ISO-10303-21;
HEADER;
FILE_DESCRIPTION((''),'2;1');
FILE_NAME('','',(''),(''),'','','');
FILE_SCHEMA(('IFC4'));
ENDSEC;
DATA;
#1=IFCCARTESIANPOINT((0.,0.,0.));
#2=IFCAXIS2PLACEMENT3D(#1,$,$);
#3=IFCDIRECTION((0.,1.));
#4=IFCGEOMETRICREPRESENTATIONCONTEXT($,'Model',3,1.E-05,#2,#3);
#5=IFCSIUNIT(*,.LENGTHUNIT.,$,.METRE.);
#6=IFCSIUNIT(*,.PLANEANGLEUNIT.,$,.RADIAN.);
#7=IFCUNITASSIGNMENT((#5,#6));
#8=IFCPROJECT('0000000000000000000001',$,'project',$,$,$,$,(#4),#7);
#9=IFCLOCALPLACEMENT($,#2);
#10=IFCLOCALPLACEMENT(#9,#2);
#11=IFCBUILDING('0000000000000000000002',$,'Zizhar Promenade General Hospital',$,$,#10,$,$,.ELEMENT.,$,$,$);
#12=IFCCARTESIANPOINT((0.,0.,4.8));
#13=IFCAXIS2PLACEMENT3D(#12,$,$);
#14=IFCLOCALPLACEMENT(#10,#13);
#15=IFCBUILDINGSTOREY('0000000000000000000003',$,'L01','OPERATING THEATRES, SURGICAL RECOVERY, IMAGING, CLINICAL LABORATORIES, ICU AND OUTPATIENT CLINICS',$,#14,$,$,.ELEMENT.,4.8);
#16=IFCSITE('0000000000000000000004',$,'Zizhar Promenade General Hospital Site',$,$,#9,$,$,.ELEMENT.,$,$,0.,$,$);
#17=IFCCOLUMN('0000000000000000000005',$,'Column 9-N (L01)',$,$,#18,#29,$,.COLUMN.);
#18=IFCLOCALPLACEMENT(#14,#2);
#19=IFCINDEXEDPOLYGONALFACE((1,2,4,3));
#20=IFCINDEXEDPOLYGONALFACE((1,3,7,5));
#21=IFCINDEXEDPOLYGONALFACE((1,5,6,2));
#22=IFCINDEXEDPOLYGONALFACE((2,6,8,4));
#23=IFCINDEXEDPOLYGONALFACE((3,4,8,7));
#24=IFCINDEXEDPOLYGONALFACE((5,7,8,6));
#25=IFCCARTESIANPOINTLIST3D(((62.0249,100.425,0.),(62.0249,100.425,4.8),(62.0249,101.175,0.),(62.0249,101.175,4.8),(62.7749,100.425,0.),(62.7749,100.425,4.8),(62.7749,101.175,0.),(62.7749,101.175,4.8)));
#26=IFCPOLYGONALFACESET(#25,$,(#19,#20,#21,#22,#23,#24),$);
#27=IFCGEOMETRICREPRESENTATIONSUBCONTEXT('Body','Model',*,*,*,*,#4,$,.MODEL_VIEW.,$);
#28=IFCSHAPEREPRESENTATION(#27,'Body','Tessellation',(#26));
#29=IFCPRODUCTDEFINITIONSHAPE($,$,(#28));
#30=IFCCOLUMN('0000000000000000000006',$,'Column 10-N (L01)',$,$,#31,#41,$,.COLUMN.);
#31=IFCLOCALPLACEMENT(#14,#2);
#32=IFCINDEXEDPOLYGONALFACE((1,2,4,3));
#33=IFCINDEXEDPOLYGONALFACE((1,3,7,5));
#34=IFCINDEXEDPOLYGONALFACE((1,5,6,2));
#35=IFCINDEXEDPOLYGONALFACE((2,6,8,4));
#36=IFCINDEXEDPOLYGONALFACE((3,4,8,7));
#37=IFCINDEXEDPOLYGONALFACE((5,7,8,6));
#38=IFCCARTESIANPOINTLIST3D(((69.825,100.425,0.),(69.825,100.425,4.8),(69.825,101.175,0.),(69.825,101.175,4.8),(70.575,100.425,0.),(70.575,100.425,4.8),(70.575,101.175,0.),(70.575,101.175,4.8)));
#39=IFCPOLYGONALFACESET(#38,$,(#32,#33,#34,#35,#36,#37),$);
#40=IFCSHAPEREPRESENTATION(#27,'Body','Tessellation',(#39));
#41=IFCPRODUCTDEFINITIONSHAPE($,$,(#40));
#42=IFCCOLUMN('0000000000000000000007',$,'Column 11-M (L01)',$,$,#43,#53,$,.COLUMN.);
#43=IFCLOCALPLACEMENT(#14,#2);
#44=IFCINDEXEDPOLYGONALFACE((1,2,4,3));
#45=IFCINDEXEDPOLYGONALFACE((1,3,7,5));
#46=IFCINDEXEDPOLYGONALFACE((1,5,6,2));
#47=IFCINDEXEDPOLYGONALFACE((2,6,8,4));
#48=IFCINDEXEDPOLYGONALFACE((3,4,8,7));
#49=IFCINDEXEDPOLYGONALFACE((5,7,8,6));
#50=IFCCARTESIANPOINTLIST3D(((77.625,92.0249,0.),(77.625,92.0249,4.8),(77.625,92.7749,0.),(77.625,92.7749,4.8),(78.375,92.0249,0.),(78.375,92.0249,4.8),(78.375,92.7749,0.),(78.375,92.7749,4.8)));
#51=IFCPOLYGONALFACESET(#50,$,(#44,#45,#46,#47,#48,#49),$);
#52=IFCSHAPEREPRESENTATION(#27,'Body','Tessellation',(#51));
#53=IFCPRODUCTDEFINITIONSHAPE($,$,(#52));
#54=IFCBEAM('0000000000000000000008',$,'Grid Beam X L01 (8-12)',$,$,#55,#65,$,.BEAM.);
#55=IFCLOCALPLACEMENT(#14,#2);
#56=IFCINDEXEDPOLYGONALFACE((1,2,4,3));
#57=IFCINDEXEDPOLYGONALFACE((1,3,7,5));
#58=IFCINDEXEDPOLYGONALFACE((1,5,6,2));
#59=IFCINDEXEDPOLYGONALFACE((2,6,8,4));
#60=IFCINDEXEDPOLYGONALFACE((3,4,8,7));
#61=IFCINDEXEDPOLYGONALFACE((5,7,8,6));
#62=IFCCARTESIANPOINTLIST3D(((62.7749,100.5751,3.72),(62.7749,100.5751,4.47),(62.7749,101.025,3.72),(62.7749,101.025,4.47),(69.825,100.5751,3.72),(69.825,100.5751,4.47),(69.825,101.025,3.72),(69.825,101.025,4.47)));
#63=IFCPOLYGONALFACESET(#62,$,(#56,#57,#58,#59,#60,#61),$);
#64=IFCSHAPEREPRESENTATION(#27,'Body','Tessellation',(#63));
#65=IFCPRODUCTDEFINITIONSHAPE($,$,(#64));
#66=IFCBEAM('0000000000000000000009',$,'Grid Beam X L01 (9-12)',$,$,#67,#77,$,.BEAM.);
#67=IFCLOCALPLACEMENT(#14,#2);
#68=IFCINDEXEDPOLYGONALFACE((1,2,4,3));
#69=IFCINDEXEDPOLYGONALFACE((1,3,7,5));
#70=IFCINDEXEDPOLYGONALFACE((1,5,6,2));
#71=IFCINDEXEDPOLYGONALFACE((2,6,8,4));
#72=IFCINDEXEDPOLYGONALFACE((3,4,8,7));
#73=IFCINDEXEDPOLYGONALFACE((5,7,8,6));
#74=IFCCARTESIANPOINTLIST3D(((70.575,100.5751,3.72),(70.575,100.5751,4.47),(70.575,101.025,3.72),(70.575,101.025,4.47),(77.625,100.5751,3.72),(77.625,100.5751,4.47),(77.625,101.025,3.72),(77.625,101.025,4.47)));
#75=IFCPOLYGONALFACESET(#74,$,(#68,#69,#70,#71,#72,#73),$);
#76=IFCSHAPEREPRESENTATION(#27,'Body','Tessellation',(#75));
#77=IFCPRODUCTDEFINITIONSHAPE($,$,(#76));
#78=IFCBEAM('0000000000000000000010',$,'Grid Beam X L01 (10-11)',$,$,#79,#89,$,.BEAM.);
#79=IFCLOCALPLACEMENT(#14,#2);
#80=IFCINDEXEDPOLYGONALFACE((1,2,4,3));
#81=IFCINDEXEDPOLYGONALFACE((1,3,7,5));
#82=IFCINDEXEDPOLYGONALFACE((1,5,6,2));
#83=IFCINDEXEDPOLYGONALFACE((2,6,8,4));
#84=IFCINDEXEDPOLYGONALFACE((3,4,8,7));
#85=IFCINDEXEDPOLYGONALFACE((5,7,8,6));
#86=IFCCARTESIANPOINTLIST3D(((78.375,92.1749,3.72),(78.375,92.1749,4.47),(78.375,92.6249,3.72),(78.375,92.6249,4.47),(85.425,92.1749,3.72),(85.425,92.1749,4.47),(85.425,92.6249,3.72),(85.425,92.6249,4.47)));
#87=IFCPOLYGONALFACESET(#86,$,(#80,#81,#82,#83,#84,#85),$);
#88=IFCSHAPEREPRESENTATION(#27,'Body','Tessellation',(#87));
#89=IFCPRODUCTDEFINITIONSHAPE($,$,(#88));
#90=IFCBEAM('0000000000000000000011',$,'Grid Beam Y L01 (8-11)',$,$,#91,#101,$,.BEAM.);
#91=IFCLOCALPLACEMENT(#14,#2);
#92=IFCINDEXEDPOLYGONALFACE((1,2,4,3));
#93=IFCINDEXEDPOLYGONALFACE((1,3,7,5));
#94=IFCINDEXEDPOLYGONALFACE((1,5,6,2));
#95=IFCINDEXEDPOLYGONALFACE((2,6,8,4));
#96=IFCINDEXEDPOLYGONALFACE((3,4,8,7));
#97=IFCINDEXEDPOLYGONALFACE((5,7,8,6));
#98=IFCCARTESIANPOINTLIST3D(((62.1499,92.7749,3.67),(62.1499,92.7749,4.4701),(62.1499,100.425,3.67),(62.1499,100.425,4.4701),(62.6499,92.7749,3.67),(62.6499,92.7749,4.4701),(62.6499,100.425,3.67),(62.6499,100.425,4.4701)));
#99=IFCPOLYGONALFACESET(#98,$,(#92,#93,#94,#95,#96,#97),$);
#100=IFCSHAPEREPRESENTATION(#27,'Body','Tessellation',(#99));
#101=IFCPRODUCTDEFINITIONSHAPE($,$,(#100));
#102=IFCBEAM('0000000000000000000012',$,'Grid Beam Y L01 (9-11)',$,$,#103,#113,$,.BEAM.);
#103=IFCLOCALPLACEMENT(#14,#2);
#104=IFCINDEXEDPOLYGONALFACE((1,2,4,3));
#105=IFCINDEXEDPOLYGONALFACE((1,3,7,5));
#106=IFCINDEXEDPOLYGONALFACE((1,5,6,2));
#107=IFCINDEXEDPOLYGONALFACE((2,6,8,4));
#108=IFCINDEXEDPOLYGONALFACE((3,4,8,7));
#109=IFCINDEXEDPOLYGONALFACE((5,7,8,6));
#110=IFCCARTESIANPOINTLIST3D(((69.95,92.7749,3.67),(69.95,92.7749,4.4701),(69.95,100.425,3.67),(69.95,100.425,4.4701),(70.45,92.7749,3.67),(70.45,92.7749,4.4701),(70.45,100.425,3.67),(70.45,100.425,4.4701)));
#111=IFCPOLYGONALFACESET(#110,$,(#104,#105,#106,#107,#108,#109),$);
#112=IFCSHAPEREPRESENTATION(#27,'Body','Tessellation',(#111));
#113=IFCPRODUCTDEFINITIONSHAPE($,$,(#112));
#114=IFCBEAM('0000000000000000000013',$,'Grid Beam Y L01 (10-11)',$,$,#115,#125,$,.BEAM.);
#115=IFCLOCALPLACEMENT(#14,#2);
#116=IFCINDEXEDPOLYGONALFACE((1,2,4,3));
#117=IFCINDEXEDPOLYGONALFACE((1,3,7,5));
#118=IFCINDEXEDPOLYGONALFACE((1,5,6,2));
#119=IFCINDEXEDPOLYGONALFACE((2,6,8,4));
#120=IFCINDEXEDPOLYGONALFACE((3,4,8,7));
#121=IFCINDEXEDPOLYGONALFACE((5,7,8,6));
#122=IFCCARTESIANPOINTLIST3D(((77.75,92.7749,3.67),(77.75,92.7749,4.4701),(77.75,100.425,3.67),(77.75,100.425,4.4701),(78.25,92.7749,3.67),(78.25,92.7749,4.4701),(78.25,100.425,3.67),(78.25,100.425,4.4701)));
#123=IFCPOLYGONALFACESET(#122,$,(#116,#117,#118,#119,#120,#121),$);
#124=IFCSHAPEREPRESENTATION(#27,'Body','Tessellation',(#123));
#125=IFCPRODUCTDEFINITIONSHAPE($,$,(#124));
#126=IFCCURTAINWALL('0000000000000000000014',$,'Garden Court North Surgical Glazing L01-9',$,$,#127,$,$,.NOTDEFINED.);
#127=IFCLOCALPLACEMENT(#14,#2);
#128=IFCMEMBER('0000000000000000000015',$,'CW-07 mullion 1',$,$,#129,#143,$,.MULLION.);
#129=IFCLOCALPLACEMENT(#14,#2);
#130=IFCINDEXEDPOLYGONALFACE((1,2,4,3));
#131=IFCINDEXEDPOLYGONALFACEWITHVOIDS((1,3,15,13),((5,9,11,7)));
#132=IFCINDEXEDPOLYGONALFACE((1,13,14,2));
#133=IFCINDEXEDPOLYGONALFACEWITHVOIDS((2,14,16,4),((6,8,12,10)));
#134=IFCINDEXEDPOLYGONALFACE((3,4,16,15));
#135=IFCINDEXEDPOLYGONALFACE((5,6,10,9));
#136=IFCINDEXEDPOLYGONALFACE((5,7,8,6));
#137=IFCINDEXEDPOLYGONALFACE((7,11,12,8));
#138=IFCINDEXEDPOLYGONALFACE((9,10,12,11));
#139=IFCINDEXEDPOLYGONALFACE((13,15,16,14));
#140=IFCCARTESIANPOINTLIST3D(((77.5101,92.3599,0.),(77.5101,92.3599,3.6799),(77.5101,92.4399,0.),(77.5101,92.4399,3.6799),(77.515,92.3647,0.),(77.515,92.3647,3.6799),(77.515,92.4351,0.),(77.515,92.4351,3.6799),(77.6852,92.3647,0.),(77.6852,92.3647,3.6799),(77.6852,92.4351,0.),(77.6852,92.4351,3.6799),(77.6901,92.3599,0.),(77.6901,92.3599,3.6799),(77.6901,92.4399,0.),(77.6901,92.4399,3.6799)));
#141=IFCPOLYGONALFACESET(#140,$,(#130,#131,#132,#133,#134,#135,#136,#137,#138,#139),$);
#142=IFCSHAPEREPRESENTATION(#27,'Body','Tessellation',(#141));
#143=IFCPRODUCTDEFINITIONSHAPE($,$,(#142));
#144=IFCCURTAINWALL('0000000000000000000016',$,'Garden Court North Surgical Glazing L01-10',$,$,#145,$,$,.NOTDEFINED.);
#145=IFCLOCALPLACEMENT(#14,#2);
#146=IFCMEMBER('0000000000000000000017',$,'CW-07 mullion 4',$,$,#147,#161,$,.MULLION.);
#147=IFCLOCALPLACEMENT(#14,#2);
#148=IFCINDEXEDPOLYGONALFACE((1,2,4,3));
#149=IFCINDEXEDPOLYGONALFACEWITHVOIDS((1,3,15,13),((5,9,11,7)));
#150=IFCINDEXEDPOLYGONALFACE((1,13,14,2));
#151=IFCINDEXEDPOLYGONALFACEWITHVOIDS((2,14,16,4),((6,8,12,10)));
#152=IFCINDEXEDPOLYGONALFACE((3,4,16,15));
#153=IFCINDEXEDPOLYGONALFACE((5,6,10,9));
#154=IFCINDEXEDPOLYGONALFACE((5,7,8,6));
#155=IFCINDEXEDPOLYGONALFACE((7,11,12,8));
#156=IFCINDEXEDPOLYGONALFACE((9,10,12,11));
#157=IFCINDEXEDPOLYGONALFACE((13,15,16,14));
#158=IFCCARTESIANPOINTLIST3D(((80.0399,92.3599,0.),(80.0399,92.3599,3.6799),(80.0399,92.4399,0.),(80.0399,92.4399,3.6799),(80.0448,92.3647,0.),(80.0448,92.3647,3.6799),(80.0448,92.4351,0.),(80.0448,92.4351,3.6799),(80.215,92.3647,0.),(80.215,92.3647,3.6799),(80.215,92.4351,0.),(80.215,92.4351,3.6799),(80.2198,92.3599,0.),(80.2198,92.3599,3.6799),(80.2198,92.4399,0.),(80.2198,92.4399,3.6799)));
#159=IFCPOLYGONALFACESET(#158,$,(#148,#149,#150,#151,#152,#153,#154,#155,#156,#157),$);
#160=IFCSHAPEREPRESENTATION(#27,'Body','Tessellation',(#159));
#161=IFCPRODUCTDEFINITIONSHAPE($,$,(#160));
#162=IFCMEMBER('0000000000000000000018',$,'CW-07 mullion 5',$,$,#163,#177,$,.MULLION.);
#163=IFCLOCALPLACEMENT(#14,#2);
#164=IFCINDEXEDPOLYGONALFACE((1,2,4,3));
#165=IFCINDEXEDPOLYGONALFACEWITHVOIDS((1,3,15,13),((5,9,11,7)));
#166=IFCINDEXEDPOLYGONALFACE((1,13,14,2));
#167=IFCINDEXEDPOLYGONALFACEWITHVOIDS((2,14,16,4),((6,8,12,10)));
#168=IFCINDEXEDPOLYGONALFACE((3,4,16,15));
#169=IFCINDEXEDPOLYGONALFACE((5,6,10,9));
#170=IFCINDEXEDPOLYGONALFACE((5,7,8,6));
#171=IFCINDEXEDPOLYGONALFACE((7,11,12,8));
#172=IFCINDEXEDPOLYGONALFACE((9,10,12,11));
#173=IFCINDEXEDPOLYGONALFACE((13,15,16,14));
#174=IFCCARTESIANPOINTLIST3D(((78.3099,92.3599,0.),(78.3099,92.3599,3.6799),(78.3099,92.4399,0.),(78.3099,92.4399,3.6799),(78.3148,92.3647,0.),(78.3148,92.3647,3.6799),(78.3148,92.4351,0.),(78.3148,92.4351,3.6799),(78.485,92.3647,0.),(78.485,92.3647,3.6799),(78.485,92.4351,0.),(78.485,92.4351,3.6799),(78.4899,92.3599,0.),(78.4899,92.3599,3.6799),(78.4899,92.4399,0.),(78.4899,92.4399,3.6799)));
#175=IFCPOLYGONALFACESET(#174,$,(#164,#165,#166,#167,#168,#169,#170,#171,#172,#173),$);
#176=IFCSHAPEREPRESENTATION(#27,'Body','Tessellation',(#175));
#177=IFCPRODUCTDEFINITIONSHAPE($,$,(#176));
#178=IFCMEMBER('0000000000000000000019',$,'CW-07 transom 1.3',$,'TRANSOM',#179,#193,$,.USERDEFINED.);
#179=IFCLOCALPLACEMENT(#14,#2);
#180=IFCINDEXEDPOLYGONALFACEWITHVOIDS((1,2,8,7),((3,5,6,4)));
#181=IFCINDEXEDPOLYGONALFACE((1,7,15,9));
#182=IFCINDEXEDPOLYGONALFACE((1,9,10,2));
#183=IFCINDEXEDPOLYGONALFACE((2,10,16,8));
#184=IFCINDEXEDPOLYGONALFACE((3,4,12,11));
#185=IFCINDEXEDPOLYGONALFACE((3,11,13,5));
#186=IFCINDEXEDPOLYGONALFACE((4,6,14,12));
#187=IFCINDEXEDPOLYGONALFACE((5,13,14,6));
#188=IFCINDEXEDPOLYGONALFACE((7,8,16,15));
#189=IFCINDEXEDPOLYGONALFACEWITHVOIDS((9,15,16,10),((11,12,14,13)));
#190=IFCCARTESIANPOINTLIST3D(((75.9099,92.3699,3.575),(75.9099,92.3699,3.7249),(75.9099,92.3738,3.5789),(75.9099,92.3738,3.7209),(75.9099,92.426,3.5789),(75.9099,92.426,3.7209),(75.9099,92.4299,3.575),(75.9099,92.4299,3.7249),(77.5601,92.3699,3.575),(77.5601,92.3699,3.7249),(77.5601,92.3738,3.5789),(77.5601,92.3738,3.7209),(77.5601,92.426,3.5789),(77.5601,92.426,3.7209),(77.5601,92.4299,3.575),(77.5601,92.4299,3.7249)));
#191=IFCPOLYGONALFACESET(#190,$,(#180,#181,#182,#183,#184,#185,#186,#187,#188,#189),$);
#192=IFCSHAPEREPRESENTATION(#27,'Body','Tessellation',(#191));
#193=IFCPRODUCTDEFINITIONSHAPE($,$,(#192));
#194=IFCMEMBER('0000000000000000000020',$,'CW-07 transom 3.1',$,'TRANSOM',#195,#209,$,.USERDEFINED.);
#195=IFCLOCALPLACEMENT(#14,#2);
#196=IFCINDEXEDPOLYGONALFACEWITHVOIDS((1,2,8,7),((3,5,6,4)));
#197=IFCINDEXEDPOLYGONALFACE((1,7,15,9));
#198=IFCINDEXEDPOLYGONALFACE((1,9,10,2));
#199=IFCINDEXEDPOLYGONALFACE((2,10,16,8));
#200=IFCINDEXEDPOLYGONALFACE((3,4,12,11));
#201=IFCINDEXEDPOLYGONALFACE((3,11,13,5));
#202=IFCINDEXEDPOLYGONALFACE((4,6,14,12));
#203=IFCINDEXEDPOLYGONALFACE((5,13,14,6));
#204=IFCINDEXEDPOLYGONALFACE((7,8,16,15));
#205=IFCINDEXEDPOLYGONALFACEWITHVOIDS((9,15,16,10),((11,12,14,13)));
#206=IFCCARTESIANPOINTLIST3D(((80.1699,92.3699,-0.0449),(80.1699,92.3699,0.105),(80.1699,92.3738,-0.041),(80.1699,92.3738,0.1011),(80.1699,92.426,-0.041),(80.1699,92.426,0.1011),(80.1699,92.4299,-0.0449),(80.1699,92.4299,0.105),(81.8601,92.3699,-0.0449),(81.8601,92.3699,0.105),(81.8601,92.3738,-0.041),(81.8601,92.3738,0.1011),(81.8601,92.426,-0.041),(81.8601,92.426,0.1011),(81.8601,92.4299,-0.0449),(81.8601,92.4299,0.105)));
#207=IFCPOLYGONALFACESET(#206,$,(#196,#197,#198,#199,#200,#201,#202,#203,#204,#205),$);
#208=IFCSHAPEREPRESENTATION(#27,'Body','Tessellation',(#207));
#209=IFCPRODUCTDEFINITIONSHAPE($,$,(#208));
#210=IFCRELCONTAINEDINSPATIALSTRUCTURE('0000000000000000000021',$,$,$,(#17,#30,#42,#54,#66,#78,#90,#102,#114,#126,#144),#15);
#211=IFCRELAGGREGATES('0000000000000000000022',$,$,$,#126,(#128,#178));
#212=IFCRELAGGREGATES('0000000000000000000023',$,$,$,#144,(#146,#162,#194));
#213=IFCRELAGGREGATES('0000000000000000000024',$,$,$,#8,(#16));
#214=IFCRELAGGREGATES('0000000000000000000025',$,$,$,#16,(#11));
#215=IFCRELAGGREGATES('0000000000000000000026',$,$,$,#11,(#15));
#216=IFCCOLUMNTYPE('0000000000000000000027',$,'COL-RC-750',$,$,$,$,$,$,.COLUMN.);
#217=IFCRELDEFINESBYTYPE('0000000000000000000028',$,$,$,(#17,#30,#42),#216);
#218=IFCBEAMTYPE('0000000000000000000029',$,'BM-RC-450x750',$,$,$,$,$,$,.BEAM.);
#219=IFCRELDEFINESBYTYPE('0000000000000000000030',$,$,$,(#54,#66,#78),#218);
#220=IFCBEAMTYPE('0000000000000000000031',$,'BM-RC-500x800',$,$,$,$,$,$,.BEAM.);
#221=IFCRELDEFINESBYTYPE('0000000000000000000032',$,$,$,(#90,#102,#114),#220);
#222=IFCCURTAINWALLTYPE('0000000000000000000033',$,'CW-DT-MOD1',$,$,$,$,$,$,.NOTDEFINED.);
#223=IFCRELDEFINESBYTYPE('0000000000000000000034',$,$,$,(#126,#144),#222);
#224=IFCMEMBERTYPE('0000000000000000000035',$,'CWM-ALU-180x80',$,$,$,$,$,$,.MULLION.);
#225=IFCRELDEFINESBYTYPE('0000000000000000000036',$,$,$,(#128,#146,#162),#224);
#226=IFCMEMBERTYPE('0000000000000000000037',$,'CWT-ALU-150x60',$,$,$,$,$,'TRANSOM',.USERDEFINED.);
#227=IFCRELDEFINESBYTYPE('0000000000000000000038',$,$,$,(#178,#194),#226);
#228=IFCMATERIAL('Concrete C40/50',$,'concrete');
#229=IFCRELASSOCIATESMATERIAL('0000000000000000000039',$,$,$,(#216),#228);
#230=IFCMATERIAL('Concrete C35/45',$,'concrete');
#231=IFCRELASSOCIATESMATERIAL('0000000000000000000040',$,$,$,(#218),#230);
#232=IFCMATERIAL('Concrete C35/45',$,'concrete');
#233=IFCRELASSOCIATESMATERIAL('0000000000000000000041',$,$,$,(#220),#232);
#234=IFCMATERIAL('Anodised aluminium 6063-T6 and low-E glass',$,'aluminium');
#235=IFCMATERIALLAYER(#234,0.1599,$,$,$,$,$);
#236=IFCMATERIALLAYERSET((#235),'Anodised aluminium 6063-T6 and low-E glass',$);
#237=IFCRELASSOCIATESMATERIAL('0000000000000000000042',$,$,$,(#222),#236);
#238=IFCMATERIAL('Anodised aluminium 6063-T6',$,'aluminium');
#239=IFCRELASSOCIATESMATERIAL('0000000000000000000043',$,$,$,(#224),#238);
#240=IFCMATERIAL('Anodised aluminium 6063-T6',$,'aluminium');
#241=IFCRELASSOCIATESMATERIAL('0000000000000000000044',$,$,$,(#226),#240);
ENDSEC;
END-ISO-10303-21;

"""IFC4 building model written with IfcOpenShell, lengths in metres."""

from ifc_helpers import new_model, si_unit, direction, frame, origin, origin_2d, place, context, subcontext, project, spatial, rectangle, hollow_rectangle, extrude, material, layer, layer_set, material_profile, profile_set, type_object, element, aggregate, save


model = new_model("IFC4")

# Units and contexts
model_context = context("Model", 3, precision=1e-05, world=origin(), true_north=direction((0.0, 1.0)))
body_context = subcontext(model_context, "Body", "Model", "MODEL_VIEW")
ifc_project = project(units=[si_unit("LENGTHUNIT", "METRE"), si_unit("PLANEANGLEUNIT", "RADIAN")], contexts=[model_context])

# Site, building, storey
site_placement = place(None, origin())
site = spatial("IfcSite", under=ifc_project, at=site_placement, Name="Zizhar Promenade General Hospital Site", CompositionType="ELEMENT", RefElevation=0.0)
building_placement = place(site_placement, origin())
building = spatial("IfcBuilding", under=site, at=building_placement, Name="Zizhar Promenade General Hospital", CompositionType="ELEMENT")
storey_placement = place(building_placement, frame((0.0, 0.0, 4.8)))
storey = spatial("IfcBuildingStorey", under=building, at=storey_placement, Name="L01", Description="OPERATING THEATRES, SURGICAL RECOVERY, IMAGING, CLINICAL LABORATORIES, ICU AND OUTPATIENT CLINICS", CompositionType="ELEMENT", Elevation=4.8)

# Columns
ifc_material_1 = material(Name="Concrete C40/50", Category="concrete")
ifc_material_profile_1 = material_profile(ifc_material_1, rectangle(XDim=0.75, YDim=0.75, at=origin_2d()))
ifc_profile_set_1 = profile_set([ifc_material_profile_1], Name="Concrete C40/50")
column_type = type_object("IfcColumnType", Name="COL-RC-750", PredefinedType="COLUMN", material=ifc_profile_set_1)
for number, where, z_axis, x_axis, name in (
    (1, (62.3999, 100.8, 0.0), (0.0, 0.0, 1.0), (1.0, 0.0, 0.0), "Column 9-N (L01)"),
    (2, (70.2, 100.8, 0.0), (0.0, 0.0, 1.0), (1.0, 0.0, 0.0), "Column 10-N (L01)"),
    (3, (78.0, 92.3999, 0.0), (0.0, 0.0, 1.0), (1.0, 0.0, 0.0), "Column 11-M (L01)"),
):
    element("IfcColumn", number, at=place(storey_placement, frame(where, z_axis=z_axis, x_axis=x_axis)), inside=storey, type_object=column_type, Name=name, PredefinedType="COLUMN", context=body_context, shape_type="SweptSolid", body=[
        extrude(rectangle(XDim=0.75, YDim=0.75, at=origin_2d()), origin(), (0.0, 0.0, 1.0), 4.8),
    ])

# Beams
ifc_material_2 = material(Name="Concrete C35/45", Category="concrete")
ifc_material_profile_2 = material_profile(ifc_material_2, rectangle(XDim=0.45, YDim=0.75, at=origin_2d()))
ifc_profile_set_2 = profile_set([ifc_material_profile_2], Name="Concrete C35/45")
beam_type_1 = type_object("IfcBeamType", Name="BM-RC-450x750", PredefinedType="BEAM", material=ifc_profile_set_2)
for number, where, z_axis, x_axis, name in (
    (4, (62.7749, 100.8, 4.095), (1.0, 0.0, 0.0), (0.0, 1.0, 0.0), "Grid Beam X L01 (8-12)"),
    (5, (70.575, 100.8, 4.095), (1.0, 0.0, 0.0), (0.0, 1.0, 0.0), "Grid Beam X L01 (9-12)"),
    (6, (78.375, 92.3999, 4.095), (1.0, 0.0, 0.0), (0.0, 1.0, 0.0), "Grid Beam X L01 (10-11)"),
):
    element("IfcBeam", number, at=place(storey_placement, frame(where, z_axis=z_axis, x_axis=x_axis)), inside=storey, type_object=beam_type_1, Name=name, PredefinedType="BEAM", context=body_context, shape_type="SweptSolid", body=[
        extrude(rectangle(XDim=0.45, YDim=0.75, at=origin_2d()), origin(), (0.0, 0.0, 1.0), 7.05),
    ])
ifc_material_3 = material(Name="Concrete C35/45", Category="concrete")
ifc_material_profile_3 = material_profile(ifc_material_3, rectangle(XDim=0.5, YDim=0.8, at=origin_2d()))
ifc_profile_set_3 = profile_set([ifc_material_profile_3], Name="Concrete C35/45")
beam_type_2 = type_object("IfcBeamType", Name="BM-RC-500x800", PredefinedType="BEAM", material=ifc_profile_set_3)
for number, where, z_axis, x_axis, name in (
    (7, (62.3999, 92.7749, 4.0701), (0.0, 1.0, 0.0), (-1.0, 0.0, 0.0), "Grid Beam Y L01 (8-11)"),
    (8, (70.2, 92.7749, 4.0701), (0.0, 1.0, 0.0), (-1.0, 0.0, 0.0), "Grid Beam Y L01 (9-11)"),
    (9, (78.0, 92.7749, 4.0701), (0.0, 1.0, 0.0), (-1.0, 0.0, 0.0), "Grid Beam Y L01 (10-11)"),
):
    element("IfcBeam", number, at=place(storey_placement, frame(where, z_axis=z_axis, x_axis=x_axis)), inside=storey, type_object=beam_type_2, Name=name, PredefinedType="BEAM", context=body_context, shape_type="SweptSolid", body=[
        extrude(rectangle(XDim=0.5, YDim=0.8, at=origin_2d()), origin(), (0.0, 0.0, 1.0), 7.6501),
    ])

# Curtain wall, member
ifc_material_4 = material(Name="Anodised aluminium 6063-T6 and low-E glass", Category="aluminium")
ifc_layer_1 = layer(ifc_material_4, 0.1599)
ifc_layer_set_1 = layer_set([ifc_layer_1], Name="Anodised aluminium 6063-T6 and low-E glass")
curtain_wall_type = type_object("IfcCurtainWallType", Name="CW-DT-MOD1", PredefinedType="NOTDEFINED", material=ifc_layer_set_1)
curtain_wall_1_placement = place(storey_placement, origin())
curtain_wall_1 = element("IfcCurtainWall", 10, at=curtain_wall_1_placement, inside=storey, type_object=curtain_wall_type, Name="Garden Court North Surgical Glazing L01-9", PredefinedType="NOTDEFINED")
ifc_material_5 = material(Name="Anodised aluminium 6063-T6", Category="aluminium")
ifc_material_profile_4 = material_profile(ifc_material_5, hollow_rectangle(XDim=0.0801, YDim=0.1799, WallThickness=0.0049, at=origin_2d()))
ifc_profile_set_4 = profile_set([ifc_material_profile_4], Name="Anodised aluminium 6063-T6")
member_type_1 = type_object("IfcMemberType", Name="CWM-ALU-180x80", PredefinedType="MULLION", material=ifc_profile_set_4)
member_1_placement = place(storey_placement, frame((77.6001, 92.3999, 0.0), z_axis=(0.0, 0.0, 1.0), x_axis=(0.0, -1.0, 0.0)))
member_1 = element("IfcMember", 11, at=member_1_placement, type_object=member_type_1, Name="CW-07 mullion 1", PredefinedType="MULLION", context=body_context, shape_type="SweptSolid", body=[
    extrude(hollow_rectangle(XDim=0.0801, YDim=0.1799, WallThickness=0.0049, at=origin_2d()), origin(), (0.0, 0.0, 1.0), 3.6799),
])

# Curtain wall, members
curtain_wall_2_placement = place(storey_placement, origin())
curtain_wall_2 = element("IfcCurtainWall", 12, at=curtain_wall_2_placement, inside=storey, type_object=curtain_wall_type, Name="Garden Court North Surgical Glazing L01-10", PredefinedType="NOTDEFINED")
member_2_placement = place(storey_placement, frame((80.1299, 92.3999, 0.0), z_axis=(0.0, 0.0, 1.0), x_axis=(0.0, -1.0, 0.0)))
member_2 = element("IfcMember", 13, at=member_2_placement, type_object=member_type_1, Name="CW-07 mullion 4", PredefinedType="MULLION", context=body_context, shape_type="SweptSolid", body=[
    extrude(hollow_rectangle(XDim=0.0801, YDim=0.1799, WallThickness=0.0049, at=origin_2d()), origin(), (0.0, 0.0, 1.0), 3.6799),
])
member_3_placement = place(storey_placement, frame((78.3999, 92.3999, 0.0), z_axis=(0.0, 0.0, 1.0), x_axis=(0.0, -1.0, 0.0)))
member_3 = element("IfcMember", 14, at=member_3_placement, type_object=member_type_1, Name="CW-07 mullion 5", PredefinedType="MULLION", context=body_context, shape_type="SweptSolid", body=[
    extrude(hollow_rectangle(XDim=0.0801, YDim=0.1799, WallThickness=0.0049, at=origin_2d()), origin(), (0.0, 0.0, 1.0), 3.6799),
])

# Members
ifc_material_6 = material(Name="Anodised aluminium 6063-T6", Category="aluminium")
ifc_material_profile_5 = material_profile(ifc_material_6, hollow_rectangle(XDim=0.0601, YDim=0.1499, WallThickness=0.0039, at=origin_2d()))
ifc_profile_set_5 = profile_set([ifc_material_profile_5], Name="Anodised aluminium 6063-T6")
member_type_2 = type_object("IfcMemberType", Name="CWT-ALU-150x60", ElementType="TRANSOM", PredefinedType="USERDEFINED", material=ifc_profile_set_5)
member_4_placement = place(storey_placement, frame((77.5601, 92.3999, 3.6499), z_axis=(-1.0, 0.0, 0.0), x_axis=(0.0, -1.0, 0.0)))
member_4 = element("IfcMember", 15, at=member_4_placement, type_object=member_type_2, Name="CW-07 transom 1.3", ObjectType="TRANSOM", PredefinedType="USERDEFINED", context=body_context, shape_type="SweptSolid", body=[
    extrude(hollow_rectangle(XDim=0.0601, YDim=0.1499, WallThickness=0.0039, at=origin_2d()), origin(), (0.0, 0.0, 1.0), 1.6501),
])
aggregate(curtain_wall_1, [member_1, member_4])
member_5_placement = place(storey_placement, frame((81.8601, 92.3999, 0.03), z_axis=(-1.0, 0.0, 0.0), x_axis=(0.0, -1.0, 0.0)))
member_5 = element("IfcMember", 16, at=member_5_placement, type_object=member_type_2, Name="CW-07 transom 3.1", ObjectType="TRANSOM", PredefinedType="USERDEFINED", context=body_context, shape_type="SweptSolid", body=[
    extrude(hollow_rectangle(XDim=0.0601, YDim=0.1499, WallThickness=0.0039, at=origin_2d()), origin(), (0.0, 0.0, 1.0), 1.6902),
])

aggregate(curtain_wall_2, [member_2, member_3, member_5])

save(model, "model.ifc")
